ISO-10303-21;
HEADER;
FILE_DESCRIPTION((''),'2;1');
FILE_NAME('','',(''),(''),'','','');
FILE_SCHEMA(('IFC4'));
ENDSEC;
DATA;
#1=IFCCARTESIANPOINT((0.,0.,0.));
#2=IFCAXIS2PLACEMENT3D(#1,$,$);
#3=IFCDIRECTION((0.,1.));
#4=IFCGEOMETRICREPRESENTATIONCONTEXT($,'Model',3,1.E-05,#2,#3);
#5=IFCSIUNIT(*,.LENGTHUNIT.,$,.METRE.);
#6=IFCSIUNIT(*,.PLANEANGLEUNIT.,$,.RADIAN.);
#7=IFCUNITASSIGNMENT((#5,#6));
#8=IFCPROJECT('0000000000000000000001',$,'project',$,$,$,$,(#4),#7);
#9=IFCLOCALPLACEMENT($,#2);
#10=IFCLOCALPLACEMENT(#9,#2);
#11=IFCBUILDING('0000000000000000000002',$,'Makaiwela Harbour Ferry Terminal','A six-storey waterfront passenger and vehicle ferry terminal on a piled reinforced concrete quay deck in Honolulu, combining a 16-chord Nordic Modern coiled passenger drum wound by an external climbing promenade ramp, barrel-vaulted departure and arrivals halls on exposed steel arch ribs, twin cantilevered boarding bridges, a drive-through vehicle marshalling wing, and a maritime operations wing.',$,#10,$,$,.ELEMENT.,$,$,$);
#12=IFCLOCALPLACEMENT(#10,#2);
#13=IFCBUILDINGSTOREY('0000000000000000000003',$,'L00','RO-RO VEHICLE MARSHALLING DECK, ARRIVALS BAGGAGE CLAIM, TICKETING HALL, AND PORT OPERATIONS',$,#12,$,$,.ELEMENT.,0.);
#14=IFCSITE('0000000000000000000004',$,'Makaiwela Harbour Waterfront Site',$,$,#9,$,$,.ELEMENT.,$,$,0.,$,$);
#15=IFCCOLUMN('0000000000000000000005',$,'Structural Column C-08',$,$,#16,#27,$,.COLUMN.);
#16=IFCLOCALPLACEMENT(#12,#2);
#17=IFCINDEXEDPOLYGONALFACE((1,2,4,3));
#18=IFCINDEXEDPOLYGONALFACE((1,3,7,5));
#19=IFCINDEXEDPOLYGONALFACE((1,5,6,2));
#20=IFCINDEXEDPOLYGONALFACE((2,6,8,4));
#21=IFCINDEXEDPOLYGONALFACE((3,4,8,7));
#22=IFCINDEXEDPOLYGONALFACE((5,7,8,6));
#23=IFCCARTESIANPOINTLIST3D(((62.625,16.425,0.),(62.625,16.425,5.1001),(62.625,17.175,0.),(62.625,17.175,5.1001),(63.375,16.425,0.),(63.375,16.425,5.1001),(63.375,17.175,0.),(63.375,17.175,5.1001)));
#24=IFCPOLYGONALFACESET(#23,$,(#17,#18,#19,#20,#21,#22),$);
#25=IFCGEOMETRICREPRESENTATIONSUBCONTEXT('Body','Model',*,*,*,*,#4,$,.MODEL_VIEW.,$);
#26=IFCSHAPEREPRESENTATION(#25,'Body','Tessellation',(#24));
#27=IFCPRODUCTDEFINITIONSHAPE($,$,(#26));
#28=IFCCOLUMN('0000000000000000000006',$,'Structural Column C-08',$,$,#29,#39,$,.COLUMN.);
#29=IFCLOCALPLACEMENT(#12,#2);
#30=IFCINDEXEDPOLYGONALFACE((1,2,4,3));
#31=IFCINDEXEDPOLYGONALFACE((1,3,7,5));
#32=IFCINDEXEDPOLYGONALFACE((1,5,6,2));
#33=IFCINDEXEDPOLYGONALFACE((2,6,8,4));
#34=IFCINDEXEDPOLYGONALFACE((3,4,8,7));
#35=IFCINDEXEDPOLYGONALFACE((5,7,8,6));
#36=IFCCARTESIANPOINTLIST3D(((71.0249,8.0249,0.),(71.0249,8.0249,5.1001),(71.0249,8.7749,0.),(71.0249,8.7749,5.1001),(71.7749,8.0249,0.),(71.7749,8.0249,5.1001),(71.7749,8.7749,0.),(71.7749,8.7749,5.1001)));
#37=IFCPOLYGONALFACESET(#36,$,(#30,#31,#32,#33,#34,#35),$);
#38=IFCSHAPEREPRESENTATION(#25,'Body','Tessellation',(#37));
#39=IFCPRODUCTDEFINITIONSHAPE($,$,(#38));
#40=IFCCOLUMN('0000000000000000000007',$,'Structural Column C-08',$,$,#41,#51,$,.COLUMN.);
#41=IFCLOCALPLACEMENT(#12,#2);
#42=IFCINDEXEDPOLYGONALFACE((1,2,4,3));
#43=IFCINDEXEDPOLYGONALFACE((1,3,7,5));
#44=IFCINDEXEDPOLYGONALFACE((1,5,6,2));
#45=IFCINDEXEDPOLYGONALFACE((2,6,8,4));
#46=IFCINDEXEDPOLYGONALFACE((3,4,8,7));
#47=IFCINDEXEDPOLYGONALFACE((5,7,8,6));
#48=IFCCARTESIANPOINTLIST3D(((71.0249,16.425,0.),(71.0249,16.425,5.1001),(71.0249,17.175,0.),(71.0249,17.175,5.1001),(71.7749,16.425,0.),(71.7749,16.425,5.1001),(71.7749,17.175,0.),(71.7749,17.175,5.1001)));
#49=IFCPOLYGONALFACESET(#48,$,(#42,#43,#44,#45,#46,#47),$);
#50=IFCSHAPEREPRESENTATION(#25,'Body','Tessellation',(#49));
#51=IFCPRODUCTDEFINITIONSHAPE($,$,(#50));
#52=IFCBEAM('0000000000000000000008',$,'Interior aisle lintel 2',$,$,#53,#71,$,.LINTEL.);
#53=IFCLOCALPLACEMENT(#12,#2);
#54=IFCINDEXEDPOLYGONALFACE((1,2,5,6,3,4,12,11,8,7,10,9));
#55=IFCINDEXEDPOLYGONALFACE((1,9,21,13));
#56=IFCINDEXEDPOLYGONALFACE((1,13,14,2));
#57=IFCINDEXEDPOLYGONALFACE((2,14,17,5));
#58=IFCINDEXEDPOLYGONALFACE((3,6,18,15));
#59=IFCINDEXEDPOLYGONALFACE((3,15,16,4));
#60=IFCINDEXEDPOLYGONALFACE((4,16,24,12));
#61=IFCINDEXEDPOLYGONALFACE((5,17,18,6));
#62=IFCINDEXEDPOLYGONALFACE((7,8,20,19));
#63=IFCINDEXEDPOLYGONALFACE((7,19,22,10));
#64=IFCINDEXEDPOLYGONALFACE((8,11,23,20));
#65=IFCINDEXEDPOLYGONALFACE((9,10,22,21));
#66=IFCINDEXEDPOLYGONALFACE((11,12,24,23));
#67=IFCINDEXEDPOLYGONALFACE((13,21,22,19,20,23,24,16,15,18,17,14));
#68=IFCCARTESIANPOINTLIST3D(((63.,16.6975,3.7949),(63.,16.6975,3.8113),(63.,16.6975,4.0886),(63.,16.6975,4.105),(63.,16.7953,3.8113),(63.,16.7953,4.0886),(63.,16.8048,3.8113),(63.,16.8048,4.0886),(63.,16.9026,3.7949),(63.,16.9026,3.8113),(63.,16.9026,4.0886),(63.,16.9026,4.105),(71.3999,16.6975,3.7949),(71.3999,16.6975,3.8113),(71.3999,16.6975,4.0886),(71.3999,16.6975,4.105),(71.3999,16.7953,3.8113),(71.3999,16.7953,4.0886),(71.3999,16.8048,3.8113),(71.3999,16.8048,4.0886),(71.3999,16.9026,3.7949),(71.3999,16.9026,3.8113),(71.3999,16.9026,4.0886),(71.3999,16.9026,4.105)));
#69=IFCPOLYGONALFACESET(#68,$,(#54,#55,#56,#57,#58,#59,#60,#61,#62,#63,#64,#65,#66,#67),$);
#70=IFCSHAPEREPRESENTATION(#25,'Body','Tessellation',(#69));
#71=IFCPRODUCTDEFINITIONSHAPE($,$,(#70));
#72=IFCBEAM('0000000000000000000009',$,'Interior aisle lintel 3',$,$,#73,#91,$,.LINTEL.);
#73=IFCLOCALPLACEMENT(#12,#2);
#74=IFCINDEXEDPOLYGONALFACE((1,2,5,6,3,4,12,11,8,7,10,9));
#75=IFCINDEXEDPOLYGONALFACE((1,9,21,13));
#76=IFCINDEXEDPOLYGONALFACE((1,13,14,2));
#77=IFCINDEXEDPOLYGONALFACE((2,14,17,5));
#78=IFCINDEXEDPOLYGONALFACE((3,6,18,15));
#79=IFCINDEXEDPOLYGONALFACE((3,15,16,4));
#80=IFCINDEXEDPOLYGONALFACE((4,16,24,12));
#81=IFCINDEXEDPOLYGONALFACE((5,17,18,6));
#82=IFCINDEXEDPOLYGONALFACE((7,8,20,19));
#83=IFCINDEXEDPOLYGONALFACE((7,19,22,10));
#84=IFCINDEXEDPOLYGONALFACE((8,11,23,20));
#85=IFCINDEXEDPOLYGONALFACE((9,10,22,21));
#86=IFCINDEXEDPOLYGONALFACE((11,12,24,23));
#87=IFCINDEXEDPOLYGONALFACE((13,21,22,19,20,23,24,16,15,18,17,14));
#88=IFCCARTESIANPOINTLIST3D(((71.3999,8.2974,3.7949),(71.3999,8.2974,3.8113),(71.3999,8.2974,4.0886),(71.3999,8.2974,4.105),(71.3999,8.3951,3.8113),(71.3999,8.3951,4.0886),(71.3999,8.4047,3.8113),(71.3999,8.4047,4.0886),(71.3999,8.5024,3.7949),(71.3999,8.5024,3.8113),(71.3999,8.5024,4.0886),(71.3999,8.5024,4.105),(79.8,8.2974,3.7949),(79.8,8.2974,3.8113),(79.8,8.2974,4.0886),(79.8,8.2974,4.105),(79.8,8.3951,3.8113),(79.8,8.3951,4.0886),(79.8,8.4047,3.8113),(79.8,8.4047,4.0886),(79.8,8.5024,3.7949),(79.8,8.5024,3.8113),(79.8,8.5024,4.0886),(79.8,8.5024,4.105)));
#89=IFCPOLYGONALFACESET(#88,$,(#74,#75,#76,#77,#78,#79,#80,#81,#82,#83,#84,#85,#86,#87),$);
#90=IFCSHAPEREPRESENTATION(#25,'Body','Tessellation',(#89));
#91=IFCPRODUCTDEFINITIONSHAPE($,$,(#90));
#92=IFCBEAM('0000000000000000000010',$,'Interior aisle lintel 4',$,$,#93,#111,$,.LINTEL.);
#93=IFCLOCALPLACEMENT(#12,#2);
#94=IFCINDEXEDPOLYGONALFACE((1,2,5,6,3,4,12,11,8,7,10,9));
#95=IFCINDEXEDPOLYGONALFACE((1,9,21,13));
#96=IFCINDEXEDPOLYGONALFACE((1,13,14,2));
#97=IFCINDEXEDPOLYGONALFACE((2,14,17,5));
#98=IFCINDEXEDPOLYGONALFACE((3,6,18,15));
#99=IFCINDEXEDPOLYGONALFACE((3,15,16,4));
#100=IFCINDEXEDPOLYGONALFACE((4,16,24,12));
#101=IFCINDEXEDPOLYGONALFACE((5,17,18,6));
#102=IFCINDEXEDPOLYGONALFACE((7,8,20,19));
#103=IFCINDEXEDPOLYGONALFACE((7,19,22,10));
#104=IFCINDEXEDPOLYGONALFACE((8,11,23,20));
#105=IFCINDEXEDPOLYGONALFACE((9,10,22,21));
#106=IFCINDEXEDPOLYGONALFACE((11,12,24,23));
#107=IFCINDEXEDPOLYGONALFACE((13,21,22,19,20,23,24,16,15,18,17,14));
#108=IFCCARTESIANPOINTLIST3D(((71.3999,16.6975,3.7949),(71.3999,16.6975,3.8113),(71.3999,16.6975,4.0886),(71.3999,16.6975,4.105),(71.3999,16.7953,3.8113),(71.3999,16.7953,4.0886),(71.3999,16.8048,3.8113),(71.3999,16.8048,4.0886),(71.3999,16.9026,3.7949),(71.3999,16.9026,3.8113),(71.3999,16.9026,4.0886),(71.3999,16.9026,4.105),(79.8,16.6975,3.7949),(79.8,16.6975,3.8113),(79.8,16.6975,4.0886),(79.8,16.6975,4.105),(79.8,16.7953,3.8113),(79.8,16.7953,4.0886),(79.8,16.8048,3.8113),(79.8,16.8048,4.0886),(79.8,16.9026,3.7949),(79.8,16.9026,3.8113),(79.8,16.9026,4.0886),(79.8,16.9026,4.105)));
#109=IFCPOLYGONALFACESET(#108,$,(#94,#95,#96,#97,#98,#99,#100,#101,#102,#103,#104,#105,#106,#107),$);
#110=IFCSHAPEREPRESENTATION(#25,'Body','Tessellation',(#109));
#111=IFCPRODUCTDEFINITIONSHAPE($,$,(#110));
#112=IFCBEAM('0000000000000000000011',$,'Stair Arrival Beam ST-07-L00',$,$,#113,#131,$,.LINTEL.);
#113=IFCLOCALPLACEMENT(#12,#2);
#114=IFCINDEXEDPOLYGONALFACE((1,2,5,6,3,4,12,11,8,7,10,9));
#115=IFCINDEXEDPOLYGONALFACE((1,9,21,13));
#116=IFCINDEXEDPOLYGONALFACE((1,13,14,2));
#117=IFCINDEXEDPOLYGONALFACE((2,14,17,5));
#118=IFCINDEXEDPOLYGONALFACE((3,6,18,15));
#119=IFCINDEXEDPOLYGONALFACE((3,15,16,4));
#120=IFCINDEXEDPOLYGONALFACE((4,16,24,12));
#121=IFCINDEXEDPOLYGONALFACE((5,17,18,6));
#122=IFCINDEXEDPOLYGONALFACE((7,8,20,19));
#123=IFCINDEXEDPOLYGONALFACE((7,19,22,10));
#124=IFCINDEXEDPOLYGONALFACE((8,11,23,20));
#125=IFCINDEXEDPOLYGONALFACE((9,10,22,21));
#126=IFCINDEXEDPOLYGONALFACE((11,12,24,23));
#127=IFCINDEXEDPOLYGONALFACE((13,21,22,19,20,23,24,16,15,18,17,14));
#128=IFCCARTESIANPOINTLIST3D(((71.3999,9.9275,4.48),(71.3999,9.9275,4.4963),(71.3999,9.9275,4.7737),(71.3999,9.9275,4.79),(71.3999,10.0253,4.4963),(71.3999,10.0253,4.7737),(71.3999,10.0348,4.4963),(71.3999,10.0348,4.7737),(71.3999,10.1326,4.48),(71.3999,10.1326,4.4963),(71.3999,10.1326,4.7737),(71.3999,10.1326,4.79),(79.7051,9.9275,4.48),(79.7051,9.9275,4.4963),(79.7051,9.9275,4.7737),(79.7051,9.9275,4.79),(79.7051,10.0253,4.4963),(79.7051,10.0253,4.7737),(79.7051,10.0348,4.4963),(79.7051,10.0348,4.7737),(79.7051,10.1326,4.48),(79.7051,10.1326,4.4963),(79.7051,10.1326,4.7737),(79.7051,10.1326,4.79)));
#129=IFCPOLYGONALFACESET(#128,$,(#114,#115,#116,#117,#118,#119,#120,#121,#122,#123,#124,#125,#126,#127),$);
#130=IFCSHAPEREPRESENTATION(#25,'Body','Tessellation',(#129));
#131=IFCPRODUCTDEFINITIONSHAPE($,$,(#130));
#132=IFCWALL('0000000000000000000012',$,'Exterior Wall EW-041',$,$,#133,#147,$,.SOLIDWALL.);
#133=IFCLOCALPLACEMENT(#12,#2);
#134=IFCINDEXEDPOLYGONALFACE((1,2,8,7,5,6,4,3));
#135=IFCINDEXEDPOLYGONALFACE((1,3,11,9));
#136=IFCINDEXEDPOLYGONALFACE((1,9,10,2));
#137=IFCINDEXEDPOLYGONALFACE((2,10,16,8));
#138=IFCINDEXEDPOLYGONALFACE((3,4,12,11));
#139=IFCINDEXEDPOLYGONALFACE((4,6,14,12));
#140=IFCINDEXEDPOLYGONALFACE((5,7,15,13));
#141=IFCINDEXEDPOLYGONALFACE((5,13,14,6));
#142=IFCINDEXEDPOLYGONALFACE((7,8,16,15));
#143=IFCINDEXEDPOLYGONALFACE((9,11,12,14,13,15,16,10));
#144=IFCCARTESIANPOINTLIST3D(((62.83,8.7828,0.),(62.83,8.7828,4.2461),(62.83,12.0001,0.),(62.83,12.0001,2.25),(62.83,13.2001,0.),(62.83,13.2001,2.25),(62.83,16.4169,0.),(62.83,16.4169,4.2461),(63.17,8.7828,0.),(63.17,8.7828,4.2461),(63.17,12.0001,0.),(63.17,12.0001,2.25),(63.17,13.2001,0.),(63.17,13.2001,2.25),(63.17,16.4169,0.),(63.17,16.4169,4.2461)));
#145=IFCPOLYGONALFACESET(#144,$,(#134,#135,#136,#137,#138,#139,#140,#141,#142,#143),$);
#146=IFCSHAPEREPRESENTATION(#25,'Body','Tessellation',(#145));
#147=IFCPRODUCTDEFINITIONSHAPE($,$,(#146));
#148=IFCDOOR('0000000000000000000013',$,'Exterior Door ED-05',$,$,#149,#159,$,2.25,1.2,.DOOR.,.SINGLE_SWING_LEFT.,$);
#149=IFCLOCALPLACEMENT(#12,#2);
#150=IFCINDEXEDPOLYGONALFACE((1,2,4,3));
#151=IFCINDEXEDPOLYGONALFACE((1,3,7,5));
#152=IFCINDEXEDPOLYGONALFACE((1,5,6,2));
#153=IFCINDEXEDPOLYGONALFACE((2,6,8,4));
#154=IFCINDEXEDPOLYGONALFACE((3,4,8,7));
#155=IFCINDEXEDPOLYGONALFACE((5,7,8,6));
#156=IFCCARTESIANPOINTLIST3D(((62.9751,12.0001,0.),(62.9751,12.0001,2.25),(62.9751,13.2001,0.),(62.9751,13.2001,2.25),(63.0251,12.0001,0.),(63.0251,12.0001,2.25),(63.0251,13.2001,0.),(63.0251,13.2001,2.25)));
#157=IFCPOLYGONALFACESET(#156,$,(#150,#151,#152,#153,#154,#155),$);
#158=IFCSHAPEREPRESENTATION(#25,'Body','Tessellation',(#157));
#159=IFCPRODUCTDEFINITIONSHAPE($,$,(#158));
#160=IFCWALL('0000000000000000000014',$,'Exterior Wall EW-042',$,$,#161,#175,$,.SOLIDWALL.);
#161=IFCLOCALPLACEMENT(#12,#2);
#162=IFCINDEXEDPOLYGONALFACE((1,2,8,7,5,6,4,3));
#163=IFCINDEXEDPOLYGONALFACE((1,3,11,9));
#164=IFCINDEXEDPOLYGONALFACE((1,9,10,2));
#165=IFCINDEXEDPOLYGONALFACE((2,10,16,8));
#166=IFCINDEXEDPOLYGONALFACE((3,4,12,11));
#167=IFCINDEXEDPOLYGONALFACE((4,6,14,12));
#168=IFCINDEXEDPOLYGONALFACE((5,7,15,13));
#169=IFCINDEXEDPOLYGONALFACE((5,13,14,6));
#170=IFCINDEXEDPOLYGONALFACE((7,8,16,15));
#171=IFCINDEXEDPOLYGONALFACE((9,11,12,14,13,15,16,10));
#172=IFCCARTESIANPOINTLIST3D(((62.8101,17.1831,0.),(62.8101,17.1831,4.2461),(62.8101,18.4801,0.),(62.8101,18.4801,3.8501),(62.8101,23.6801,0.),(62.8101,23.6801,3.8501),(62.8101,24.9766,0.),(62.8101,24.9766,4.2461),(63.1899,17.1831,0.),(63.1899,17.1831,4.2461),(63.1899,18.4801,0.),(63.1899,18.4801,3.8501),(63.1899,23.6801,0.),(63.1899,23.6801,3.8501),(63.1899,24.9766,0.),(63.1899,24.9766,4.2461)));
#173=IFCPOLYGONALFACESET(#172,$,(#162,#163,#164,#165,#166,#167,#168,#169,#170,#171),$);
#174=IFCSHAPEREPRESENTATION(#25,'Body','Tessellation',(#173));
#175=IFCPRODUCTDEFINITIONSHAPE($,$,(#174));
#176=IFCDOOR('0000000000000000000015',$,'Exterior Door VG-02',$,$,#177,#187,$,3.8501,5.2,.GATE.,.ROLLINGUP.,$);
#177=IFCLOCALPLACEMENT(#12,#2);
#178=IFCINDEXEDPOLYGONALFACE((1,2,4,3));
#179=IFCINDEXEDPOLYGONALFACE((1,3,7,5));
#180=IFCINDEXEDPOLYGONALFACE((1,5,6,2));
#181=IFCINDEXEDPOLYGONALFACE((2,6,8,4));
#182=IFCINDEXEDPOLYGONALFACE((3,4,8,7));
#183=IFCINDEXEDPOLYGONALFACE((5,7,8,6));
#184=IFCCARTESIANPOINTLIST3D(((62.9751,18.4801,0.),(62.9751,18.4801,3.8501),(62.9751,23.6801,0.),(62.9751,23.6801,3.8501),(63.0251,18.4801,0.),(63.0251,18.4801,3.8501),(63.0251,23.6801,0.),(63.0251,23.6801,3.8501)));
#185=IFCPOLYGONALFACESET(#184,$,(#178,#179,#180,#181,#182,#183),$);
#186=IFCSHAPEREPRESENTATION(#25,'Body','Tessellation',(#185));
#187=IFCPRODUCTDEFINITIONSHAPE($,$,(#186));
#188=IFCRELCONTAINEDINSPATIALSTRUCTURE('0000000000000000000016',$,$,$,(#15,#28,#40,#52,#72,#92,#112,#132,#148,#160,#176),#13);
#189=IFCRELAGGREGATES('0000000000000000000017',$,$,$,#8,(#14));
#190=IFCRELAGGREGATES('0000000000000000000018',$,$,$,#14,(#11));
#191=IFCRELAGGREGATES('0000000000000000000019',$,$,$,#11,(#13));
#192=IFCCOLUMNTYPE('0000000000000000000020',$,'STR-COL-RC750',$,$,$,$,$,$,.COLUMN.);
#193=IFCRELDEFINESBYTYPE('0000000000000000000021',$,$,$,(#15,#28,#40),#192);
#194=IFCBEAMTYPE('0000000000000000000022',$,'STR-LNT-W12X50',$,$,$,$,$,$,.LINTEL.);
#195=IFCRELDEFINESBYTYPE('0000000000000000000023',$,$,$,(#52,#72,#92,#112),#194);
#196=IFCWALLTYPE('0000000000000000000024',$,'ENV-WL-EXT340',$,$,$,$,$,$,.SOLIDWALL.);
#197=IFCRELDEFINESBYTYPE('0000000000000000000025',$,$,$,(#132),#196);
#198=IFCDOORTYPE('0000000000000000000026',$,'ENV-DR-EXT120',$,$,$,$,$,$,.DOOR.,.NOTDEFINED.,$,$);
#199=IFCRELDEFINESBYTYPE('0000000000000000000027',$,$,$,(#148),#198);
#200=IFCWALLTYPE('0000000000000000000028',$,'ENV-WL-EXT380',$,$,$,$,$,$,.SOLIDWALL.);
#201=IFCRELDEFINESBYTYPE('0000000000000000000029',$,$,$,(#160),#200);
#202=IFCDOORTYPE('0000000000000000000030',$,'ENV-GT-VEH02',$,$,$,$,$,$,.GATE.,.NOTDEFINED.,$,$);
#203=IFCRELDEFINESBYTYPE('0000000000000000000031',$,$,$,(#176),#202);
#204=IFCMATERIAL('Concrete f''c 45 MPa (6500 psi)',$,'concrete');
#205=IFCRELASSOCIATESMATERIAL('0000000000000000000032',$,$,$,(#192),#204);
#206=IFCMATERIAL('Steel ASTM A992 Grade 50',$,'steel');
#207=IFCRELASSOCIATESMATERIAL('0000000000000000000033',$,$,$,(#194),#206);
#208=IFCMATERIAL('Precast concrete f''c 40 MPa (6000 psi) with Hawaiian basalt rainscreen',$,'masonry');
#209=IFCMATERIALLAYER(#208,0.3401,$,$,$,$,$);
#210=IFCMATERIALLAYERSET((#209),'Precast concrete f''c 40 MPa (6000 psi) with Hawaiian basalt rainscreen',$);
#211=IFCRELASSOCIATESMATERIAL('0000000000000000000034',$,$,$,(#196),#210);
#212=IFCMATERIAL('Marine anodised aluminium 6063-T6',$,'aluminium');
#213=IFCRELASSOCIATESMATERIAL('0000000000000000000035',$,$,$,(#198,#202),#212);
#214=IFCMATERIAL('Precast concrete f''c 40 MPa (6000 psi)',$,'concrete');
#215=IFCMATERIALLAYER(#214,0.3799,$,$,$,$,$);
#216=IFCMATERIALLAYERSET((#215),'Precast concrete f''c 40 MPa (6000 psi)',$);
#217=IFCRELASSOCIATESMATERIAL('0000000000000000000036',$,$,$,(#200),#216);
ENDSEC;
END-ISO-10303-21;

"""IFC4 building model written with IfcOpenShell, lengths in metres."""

from ifc_helpers import new_model, si_unit, direction, frame, frame_2d, origin, origin_2d, place, context, subcontext, project, spatial, rectangle, i_section, extrude, material, layer, layer_set, material_profile, profile_set, type_object, element, fill, save


model = new_model("IFC4")

# Units and contexts
model_context = context("Model", 3, precision=1e-05, world=origin(), true_north=direction((0.0, 1.0)))
body_context = subcontext(model_context, "Body", "Model", "MODEL_VIEW")
ifc_project = project(units=[si_unit("LENGTHUNIT", "METRE"), si_unit("PLANEANGLEUNIT", "RADIAN")], contexts=[model_context])

# Site, building, storey
site_placement = place(None, origin())
site = spatial("IfcSite", under=ifc_project, at=site_placement, Name="Makaiwela Harbour Waterfront Site", CompositionType="ELEMENT", RefElevation=0.0)
building_placement = place(site_placement, origin())
building = spatial("IfcBuilding", under=site, at=building_placement, Name="Makaiwela Harbour Ferry Terminal", Description="A six-storey waterfront passenger and vehicle ferry terminal on a piled reinforced concrete quay deck in Honolulu, combining a 16-chord Nordic Modern coiled passenger drum wound by an external climbing promenade ramp, barrel-vaulted departure and arrivals halls on exposed steel arch ribs, twin cantilevered boarding bridges, a drive-through vehicle marshalling wing, and a maritime operations wing.", CompositionType="ELEMENT")
storey_placement = place(building_placement, origin())
storey = spatial("IfcBuildingStorey", under=building, at=storey_placement, Name="L00", Description="RO-RO VEHICLE MARSHALLING DECK, ARRIVALS BAGGAGE CLAIM, TICKETING HALL, AND PORT OPERATIONS", CompositionType="ELEMENT", Elevation=0.0)

# Shared definitions
ifc_material_1 = material(Name="Concrete f'c 45 MPa (6500 psi)", Category="concrete")

# Columns
ifc_material_profile_1 = material_profile(ifc_material_1, rectangle(XDim=0.75, YDim=0.75, at=origin_2d()), Name="RC-750X750")
ifc_profile_set_1 = profile_set([ifc_material_profile_1], Name="Concrete f'c 45 MPa (6500 psi)")
column_type = type_object("IfcColumnType", Name="STR-COL-RC750", PredefinedType="COLUMN", material=ifc_profile_set_1)
for number, where, z_axis, x_axis, name in (
    (1, (63.0, 16.8, 0.0), (0.0, 0.0, 1.0), (1.0, 0.0, 0.0), "Structural Column C-08"),
    (2, (71.3999, 8.3999, 0.0), (0.0, 0.0, 1.0), (1.0, 0.0, 0.0), "Structural Column C-08"),
    (3, (71.3999, 16.8, 0.0), (0.0, 0.0, 1.0), (1.0, 0.0, 0.0), "Structural Column C-08"),
):
    element("IfcColumn", number, at=place(storey_placement, frame(where, z_axis=z_axis, x_axis=x_axis)), inside=storey, type_object=column_type, Name=name, PredefinedType="COLUMN", context=body_context, shape_type="SweptSolid", body=[
        extrude(rectangle(XDim=0.75, YDim=0.75, at=origin_2d()), origin(), (0.0, 0.0, 1.0), 5.1001),
    ])

# Beams
ifc_material_2 = material(Name="Steel ASTM A992 Grade 50", Category="steel")
ifc_material_profile_2 = material_profile(ifc_material_2, i_section(OverallWidth=0.2051, OverallDepth=0.3101, WebThickness=0.0095, FlangeThickness=0.0164, at=origin_2d()), Name="W12X50")
ifc_profile_set_2 = profile_set([ifc_material_profile_2], Name="Steel ASTM A992 Grade 50")
beam_type = type_object("IfcBeamType", Name="STR-LNT-W12X50", PredefinedType="LINTEL", material=ifc_profile_set_2)
beam_1_placement = place(storey_placement, frame((63.0, 16.8, 3.95), z_axis=(1.0, 0.0, 0.0), x_axis=(0.0, 1.0, 0.0)))
element("IfcBeam", 4, at=beam_1_placement, inside=storey, type_object=beam_type, Name="Interior aisle lintel 2", PredefinedType="LINTEL", context=body_context, shape_type="SweptSolid", body=[
    extrude(i_section(OverallWidth=0.2051, OverallDepth=0.3101, WebThickness=0.0095, FlangeThickness=0.0164, at=origin_2d()), origin(), (0.0, 0.0, 1.0), 8.3999),
])
for number, where, z_axis, x_axis, name in (
    (5, (71.3999, 8.3999, 3.95), (1.0, 0.0, 0.0), (0.0, 1.0, 0.0), "Interior aisle lintel 3"),
    (6, (71.3999, 16.8, 3.95), (1.0, 0.0, 0.0), (0.0, 1.0, 0.0), "Interior aisle lintel 4"),
):
    element("IfcBeam", number, at=place(storey_placement, frame(where, z_axis=z_axis, x_axis=x_axis)), inside=storey, type_object=beam_type, Name=name, PredefinedType="LINTEL", context=body_context, shape_type="SweptSolid", body=[
        extrude(i_section(OverallWidth=0.2051, OverallDepth=0.3101, WebThickness=0.0095, FlangeThickness=0.0164, at=origin_2d()), origin(), (0.0, 0.0, 1.0), 8.4001),
    ])
beam_2_placement = place(storey_placement, frame((71.3999, 10.03, 4.635), z_axis=(1.0, 0.0, 0.0), x_axis=(0.0, 1.0, 0.0)))
element("IfcBeam", 7, at=beam_2_placement, inside=storey, type_object=beam_type, Name="Stair Arrival Beam ST-07-L00", PredefinedType="LINTEL", context=body_context, shape_type="SweptSolid", body=[
    extrude(i_section(OverallWidth=0.2051, OverallDepth=0.3101, WebThickness=0.0095, FlangeThickness=0.0164, at=origin_2d()), origin(), (0.0, 0.0, 1.0), 8.3052),
])

# Walls, openings, doors
ifc_material_3 = material(Name="Precast concrete f'c 40 MPa (6000 psi) with Hawaiian basalt rainscreen", Category="masonry")
ifc_layer_1 = layer(ifc_material_3, 0.3401)
ifc_layer_set_1 = layer_set([ifc_layer_1], Name="Precast concrete f'c 40 MPa (6000 psi) with Hawaiian basalt rainscreen")
wall_type_1 = type_object("IfcWallType", Name="ENV-WL-EXT340", PredefinedType="SOLIDWALL", material=ifc_layer_set_1)
wall_1_placement = place(storey_placement, frame((63.0, 8.783, 0.0), z_axis=(0.0, 0.0, 1.0), x_axis=(0.0, 1.0, 0.0)))
wall_1 = element("IfcWall", 8, at=wall_1_placement, inside=storey, type_object=wall_type_1, Name="Exterior Wall EW-041", PredefinedType="SOLIDWALL", context=body_context, shape_type="SweptSolid", body=[
    extrude(rectangle(XDim=7.634, YDim=0.3401, at=frame_2d((3.8169, 0.0))), origin(), (0.0, 0.0, 1.0), 4.2461),
])
opening_1_placement = place(wall_1_placement, frame((3.217, 0.0, 0.0)))
opening_1 = element("IfcOpeningElement", 9, at=opening_1_placement, cuts=wall_1, PredefinedType="OPENING", context=body_context, shape_type="SweptSolid", body=[
    extrude(rectangle(XDim=1.2, YDim=2.25, at=frame_2d((0.6001, 1.125))), frame((0.0, 0.1799, 0.0), z_axis=(0.0, -1.0, 0.0), x_axis=(1.0, 0.0, 0.0)), (0.0, 0.0, 1.0), 0.3601),
])
ifc_material_4 = material(Name="Marine anodised aluminium 6063-T6", Category="aluminium")
door_type_1 = type_object("IfcDoorType", Name="ENV-DR-EXT120", OperationType="NOTDEFINED", PredefinedType="DOOR", material=ifc_material_4)
door_1_placement = place(opening_1_placement, origin())
door_1 = element("IfcDoor", 10, at=door_1_placement, inside=storey, type_object=door_type_1, Name="Exterior Door ED-05", OperationType="SINGLE_SWING_LEFT", OverallHeight=2.25, OverallWidth=1.2, PredefinedType="DOOR", context=body_context, shape_type="SweptSolid", body=[
    extrude(rectangle(XDim=1.2, YDim=2.25, at=frame_2d((0.6001, 1.125))), frame((0.0, 0.0249, 0.0), z_axis=(0.0, -1.0, 0.0), x_axis=(1.0, 0.0, 0.0)), (0.0, 0.0, 1.0), 0.05),
])
fill(opening_1, door_1)
ifc_material_5 = material(Name="Precast concrete f'c 40 MPa (6000 psi)", Category="concrete")
ifc_layer_2 = layer(ifc_material_5, 0.3799)
ifc_layer_set_2 = layer_set([ifc_layer_2], Name="Precast concrete f'c 40 MPa (6000 psi)")
wall_type_2 = type_object("IfcWallType", Name="ENV-WL-EXT380", PredefinedType="SOLIDWALL", material=ifc_layer_set_2)
wall_2_placement = place(storey_placement, frame((63.0, 17.1831, 0.0), z_axis=(0.0, 0.0, 1.0), x_axis=(0.0, 1.0, 0.0)))
wall_2 = element("IfcWall", 11, at=wall_2_placement, inside=storey, type_object=wall_type_2, Name="Exterior Wall EW-042", PredefinedType="SOLIDWALL", context=body_context, shape_type="SweptSolid", body=[
    extrude(rectangle(XDim=7.7935, YDim=0.3799, at=frame_2d((3.8967, 0.0))), origin(), (0.0, 0.0, 1.0), 4.2461),
])
opening_2_placement = place(wall_2_placement, frame((1.2969, 0.0, 0.0)))
opening_2 = element("IfcOpeningElement", 12, at=opening_2_placement, cuts=wall_2, PredefinedType="OPENING", context=body_context, shape_type="SweptSolid", body=[
    extrude(rectangle(XDim=5.2, YDim=3.8501, at=frame_2d((2.6001, 1.925))), frame((0.0, 0.2, 0.0), z_axis=(0.0, -1.0, 0.0), x_axis=(1.0, 0.0, 0.0)), (0.0, 0.0, 1.0), 0.3999),
])
door_type_2 = type_object("IfcDoorType", Name="ENV-GT-VEH02", OperationType="NOTDEFINED", PredefinedType="GATE", material=ifc_material_4)
door_2_placement = place(opening_2_placement, origin())
door_2 = element("IfcDoor", 13, at=door_2_placement, inside=storey, type_object=door_type_2, Name="Exterior Door VG-02", OperationType="ROLLINGUP", OverallHeight=3.8501, OverallWidth=5.2, PredefinedType="GATE", context=body_context, shape_type="SweptSolid", body=[
    extrude(rectangle(XDim=5.2, YDim=3.8501, at=frame_2d((2.6001, 1.925))), frame((0.0, 0.0249, 0.0), z_axis=(0.0, -1.0, 0.0), x_axis=(1.0, 0.0, 0.0)), (0.0, 0.0, 1.0), 0.05),
])
fill(opening_2, door_2)

save(model, "model.ifc")
